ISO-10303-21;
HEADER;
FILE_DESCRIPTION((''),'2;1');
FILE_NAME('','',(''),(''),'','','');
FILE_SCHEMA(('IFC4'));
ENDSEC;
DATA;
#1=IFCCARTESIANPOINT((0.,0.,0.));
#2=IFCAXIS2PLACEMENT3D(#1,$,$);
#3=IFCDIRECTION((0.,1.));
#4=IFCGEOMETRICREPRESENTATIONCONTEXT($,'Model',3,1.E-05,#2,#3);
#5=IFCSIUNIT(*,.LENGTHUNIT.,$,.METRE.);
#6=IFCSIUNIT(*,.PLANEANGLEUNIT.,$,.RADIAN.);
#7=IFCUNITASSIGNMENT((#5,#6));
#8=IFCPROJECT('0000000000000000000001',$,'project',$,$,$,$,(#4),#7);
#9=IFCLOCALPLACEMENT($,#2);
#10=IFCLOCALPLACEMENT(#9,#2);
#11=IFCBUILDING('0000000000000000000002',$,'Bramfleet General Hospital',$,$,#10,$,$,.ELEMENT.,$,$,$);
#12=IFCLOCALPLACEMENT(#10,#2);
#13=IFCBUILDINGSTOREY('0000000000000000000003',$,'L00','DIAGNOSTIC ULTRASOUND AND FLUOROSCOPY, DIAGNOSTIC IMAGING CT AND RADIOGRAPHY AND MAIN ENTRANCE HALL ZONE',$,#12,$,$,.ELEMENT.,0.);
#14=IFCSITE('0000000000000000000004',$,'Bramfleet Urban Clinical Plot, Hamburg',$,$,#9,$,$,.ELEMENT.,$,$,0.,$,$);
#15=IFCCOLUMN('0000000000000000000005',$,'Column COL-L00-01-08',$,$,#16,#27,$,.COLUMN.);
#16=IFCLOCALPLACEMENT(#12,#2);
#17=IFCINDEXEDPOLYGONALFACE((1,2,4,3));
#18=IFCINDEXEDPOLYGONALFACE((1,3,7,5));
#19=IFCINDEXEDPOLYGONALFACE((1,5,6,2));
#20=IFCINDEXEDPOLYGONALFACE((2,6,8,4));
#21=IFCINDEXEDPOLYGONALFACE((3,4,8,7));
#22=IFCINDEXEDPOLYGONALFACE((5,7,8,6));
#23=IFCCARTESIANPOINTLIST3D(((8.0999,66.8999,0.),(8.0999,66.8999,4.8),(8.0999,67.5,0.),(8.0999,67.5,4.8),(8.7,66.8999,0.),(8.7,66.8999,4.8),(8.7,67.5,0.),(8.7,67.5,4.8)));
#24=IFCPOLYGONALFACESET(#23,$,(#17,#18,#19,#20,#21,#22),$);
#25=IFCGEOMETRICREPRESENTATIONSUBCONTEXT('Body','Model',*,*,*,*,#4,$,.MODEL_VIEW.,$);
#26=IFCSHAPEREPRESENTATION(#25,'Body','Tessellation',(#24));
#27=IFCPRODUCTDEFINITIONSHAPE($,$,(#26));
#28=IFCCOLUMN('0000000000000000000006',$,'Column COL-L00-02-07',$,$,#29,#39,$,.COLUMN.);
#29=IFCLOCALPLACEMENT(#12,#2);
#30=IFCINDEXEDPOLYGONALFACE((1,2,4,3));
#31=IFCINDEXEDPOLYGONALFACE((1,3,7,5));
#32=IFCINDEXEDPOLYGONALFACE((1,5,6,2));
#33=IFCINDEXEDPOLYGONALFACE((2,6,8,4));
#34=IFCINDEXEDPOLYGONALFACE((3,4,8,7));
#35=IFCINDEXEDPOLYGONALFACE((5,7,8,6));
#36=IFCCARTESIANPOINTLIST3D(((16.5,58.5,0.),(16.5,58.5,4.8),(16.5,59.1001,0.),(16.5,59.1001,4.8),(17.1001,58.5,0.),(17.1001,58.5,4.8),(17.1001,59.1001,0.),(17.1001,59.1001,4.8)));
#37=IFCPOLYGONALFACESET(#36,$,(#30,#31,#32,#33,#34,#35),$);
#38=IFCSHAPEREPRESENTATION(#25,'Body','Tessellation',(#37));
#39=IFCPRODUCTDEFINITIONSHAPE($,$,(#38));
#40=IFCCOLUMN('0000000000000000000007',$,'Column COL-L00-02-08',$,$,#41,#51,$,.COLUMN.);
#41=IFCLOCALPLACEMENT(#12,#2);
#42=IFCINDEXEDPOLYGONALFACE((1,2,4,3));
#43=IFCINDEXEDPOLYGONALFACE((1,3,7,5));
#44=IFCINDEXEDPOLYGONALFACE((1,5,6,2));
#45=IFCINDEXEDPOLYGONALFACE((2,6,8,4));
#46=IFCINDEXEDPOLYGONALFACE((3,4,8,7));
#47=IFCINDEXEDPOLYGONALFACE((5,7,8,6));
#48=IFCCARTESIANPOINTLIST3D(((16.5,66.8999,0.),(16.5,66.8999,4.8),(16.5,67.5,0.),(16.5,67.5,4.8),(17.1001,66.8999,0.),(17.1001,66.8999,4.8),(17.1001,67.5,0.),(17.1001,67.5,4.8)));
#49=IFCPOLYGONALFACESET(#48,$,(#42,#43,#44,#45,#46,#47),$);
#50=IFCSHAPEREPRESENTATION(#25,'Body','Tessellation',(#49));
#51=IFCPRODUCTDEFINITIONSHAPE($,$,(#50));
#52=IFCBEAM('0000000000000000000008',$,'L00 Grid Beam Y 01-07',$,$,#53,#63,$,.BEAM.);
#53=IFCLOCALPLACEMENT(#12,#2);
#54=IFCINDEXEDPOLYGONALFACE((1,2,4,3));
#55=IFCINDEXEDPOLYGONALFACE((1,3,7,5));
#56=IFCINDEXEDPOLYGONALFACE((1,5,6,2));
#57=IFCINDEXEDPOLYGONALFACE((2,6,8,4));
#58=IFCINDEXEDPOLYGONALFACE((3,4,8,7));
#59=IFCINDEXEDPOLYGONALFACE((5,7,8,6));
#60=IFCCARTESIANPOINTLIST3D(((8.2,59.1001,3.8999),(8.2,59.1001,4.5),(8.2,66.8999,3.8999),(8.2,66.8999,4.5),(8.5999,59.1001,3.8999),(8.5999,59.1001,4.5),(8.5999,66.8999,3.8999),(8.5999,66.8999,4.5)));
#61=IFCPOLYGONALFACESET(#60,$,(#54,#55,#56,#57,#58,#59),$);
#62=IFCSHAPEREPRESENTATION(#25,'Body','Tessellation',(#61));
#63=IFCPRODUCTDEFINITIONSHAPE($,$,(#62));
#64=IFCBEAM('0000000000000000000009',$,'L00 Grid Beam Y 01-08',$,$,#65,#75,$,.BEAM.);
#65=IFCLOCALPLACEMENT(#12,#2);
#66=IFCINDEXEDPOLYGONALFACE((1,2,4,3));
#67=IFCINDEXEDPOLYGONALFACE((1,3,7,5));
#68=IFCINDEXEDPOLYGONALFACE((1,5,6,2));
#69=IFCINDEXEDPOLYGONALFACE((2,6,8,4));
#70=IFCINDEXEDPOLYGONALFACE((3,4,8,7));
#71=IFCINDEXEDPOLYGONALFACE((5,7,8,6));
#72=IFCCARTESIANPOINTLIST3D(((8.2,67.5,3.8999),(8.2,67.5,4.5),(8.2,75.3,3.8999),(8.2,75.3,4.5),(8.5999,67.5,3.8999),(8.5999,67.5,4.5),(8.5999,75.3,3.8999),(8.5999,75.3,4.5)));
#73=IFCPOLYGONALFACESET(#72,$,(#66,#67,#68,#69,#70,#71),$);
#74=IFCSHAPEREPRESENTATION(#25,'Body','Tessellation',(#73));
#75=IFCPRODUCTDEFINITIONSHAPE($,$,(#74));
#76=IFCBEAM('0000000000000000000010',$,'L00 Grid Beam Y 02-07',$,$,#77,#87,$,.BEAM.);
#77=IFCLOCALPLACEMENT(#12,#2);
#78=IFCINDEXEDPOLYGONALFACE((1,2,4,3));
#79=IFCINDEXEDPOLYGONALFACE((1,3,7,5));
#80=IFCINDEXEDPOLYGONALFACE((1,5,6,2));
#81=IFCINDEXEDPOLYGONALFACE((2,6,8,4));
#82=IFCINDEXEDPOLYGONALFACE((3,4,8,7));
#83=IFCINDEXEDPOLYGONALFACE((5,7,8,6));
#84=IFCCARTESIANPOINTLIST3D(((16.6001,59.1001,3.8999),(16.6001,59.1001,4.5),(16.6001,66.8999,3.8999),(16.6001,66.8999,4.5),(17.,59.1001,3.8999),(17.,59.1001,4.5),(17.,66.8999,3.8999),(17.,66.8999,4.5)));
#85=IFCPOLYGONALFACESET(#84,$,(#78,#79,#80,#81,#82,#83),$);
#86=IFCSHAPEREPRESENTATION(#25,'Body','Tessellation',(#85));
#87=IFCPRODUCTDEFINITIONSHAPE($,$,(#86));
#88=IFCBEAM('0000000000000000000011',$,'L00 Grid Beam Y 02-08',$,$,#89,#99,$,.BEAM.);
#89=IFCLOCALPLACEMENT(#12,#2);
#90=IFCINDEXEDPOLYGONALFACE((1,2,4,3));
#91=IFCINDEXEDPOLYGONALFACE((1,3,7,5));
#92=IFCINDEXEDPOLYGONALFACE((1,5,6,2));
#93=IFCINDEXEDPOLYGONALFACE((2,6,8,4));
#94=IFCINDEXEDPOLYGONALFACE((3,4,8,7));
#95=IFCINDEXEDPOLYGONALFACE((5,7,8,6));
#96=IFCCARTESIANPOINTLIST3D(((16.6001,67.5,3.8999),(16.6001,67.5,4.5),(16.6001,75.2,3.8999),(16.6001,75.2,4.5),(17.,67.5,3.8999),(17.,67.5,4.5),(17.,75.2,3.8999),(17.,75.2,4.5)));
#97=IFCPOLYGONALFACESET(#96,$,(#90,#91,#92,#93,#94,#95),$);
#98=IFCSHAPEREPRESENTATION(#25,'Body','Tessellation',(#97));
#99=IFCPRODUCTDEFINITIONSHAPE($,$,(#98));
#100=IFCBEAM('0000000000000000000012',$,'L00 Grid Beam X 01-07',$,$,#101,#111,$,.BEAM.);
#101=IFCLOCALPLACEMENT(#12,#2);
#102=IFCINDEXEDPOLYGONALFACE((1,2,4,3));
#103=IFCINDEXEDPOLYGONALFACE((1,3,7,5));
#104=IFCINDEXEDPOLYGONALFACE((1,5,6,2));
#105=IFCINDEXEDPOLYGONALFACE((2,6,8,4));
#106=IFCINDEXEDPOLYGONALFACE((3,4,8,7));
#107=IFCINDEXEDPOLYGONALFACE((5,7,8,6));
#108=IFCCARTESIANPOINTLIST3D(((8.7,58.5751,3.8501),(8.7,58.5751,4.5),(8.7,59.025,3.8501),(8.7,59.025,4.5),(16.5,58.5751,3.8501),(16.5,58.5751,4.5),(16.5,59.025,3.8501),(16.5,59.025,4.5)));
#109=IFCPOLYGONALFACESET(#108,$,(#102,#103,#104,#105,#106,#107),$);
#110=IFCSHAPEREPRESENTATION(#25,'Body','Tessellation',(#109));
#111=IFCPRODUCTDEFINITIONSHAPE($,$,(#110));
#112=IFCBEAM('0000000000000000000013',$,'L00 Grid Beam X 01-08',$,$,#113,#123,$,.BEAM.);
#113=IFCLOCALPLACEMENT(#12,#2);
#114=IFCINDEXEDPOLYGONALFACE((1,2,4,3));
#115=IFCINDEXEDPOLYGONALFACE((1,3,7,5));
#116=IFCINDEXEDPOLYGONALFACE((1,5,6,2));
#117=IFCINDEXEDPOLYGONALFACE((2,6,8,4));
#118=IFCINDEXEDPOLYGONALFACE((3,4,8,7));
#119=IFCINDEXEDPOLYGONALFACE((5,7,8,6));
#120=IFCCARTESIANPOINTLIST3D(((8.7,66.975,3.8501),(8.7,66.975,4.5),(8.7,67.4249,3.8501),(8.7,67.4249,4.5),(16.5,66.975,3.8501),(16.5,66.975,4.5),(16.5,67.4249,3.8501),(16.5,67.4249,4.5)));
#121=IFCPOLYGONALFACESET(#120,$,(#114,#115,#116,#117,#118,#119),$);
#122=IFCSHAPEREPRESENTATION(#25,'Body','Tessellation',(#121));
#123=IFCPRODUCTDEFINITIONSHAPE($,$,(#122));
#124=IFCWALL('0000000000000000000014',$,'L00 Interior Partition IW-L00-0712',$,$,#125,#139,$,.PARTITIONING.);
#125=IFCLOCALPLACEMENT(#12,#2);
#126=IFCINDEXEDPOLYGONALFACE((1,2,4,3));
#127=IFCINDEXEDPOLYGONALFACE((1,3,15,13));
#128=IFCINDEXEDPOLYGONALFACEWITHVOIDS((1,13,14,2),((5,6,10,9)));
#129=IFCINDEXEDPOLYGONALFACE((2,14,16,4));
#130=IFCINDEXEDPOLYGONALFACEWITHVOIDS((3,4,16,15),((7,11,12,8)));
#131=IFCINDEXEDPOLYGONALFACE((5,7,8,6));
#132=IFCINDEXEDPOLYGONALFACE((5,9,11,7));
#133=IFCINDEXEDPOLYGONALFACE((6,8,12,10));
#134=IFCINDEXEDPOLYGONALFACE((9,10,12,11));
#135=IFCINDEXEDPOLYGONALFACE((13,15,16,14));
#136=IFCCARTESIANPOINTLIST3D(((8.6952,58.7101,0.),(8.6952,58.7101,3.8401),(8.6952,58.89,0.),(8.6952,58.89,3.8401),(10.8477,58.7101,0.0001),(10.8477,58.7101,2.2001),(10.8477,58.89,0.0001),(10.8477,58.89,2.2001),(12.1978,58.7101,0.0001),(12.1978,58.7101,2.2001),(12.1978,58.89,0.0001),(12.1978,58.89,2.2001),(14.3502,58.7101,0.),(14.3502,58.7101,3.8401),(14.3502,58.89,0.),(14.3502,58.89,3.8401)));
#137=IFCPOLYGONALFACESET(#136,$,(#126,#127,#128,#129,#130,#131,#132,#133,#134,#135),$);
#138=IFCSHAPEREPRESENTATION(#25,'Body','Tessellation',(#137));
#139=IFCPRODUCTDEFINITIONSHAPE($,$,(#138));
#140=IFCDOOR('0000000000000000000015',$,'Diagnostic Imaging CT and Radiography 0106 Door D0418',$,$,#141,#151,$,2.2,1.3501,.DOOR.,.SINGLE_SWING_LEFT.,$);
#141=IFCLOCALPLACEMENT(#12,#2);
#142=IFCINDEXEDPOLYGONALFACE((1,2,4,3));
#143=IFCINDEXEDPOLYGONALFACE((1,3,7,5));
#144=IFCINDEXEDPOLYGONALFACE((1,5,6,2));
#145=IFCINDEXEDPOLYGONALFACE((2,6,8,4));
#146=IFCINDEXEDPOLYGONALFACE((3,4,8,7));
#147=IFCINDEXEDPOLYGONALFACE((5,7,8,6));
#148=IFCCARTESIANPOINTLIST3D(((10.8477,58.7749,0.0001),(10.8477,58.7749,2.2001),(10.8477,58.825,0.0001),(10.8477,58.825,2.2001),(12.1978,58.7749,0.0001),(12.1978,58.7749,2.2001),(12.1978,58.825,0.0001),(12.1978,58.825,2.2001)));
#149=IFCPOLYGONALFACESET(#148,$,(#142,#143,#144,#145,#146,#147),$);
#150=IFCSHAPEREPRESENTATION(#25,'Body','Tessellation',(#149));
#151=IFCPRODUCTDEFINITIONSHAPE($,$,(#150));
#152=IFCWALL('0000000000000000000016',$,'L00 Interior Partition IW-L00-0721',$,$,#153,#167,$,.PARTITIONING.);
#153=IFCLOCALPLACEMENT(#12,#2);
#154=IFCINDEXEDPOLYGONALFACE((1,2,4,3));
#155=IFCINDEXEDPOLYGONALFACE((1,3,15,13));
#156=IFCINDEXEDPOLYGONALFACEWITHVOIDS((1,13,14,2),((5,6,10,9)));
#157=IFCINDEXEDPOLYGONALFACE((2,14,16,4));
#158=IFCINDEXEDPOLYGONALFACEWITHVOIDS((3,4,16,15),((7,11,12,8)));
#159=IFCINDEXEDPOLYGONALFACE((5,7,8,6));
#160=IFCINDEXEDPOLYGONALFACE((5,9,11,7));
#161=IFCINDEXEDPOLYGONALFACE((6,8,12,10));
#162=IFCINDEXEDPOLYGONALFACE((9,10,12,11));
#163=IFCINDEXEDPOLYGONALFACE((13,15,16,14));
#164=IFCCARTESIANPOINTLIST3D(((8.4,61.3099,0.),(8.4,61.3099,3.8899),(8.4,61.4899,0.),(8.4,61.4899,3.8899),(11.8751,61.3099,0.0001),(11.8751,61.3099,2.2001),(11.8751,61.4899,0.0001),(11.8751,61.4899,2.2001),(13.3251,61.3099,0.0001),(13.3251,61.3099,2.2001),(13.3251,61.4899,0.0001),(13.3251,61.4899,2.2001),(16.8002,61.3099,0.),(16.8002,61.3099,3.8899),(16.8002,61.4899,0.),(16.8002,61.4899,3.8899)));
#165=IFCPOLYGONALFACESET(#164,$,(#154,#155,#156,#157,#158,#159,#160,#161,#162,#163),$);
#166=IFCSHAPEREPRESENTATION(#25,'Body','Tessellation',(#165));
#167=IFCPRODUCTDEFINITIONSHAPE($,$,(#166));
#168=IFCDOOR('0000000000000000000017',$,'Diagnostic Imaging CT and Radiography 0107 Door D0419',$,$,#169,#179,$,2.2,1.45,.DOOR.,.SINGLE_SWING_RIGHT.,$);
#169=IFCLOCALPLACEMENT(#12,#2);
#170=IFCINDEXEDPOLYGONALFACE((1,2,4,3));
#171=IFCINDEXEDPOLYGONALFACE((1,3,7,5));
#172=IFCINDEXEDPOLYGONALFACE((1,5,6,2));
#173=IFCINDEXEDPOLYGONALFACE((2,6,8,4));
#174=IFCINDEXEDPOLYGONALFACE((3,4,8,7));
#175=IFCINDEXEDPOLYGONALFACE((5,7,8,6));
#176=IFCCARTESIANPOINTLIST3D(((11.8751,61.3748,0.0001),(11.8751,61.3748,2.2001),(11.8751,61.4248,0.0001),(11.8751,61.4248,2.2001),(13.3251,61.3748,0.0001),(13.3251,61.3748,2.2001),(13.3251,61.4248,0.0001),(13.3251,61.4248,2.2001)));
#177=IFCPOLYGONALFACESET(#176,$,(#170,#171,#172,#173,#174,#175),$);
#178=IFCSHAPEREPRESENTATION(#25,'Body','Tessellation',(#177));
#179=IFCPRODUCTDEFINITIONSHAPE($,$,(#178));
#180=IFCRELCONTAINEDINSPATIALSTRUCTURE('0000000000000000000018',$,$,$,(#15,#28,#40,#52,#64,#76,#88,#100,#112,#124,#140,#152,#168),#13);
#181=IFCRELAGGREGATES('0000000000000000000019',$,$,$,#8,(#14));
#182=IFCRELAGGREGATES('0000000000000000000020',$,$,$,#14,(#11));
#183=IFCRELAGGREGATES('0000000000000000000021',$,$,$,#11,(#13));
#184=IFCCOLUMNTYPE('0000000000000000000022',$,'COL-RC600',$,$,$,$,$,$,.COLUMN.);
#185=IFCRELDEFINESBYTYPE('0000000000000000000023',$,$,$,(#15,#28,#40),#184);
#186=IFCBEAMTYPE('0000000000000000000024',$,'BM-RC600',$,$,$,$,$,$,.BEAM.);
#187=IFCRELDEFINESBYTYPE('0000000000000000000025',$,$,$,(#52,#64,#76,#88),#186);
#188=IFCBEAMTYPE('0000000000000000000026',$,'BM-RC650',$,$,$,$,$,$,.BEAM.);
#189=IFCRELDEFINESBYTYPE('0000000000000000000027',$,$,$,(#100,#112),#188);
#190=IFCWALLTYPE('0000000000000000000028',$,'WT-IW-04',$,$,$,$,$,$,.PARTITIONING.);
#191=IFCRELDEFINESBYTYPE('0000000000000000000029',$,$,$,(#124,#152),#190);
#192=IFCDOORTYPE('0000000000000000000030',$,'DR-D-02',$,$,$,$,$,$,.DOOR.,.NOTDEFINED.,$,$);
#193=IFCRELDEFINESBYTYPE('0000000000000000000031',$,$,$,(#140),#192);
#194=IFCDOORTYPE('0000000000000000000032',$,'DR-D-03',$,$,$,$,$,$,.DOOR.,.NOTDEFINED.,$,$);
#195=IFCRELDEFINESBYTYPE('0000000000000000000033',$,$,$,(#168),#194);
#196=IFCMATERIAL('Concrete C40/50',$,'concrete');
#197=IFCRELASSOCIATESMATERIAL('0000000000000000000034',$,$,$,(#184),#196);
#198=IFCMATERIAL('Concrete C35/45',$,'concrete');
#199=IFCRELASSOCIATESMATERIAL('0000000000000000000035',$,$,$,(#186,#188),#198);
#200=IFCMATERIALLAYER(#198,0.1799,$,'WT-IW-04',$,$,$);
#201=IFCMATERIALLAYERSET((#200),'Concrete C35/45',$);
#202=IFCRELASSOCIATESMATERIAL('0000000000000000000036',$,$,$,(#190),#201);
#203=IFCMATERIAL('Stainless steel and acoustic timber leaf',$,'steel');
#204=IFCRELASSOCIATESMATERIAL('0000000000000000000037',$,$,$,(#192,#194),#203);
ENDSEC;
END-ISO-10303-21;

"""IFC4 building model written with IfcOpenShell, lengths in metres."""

from ifc_helpers import new_model, si_unit, direction, frame, frame_2d, origin, origin_2d, place, context, subcontext, project, spatial, rectangle, extrude, material, layer, layer_set, material_profile, profile_set, type_object, element, fill, save


model = new_model("IFC4")

# Units and contexts
model_context = context("Model", 3, precision=1e-05, world=origin(), true_north=direction((0.0, 1.0)))
body_context = subcontext(model_context, "Body", "Model", "MODEL_VIEW")
ifc_project = project(units=[si_unit("LENGTHUNIT", "METRE"), si_unit("PLANEANGLEUNIT", "RADIAN")], contexts=[model_context])

# Site, building, storey
site_placement = place(None, origin())
site = spatial("IfcSite", under=ifc_project, at=site_placement, Name="Bramfleet Urban Clinical Plot, Hamburg", CompositionType="ELEMENT", RefElevation=0.0)
building_placement = place(site_placement, origin())
building = spatial("IfcBuilding", under=site, at=building_placement, Name="Bramfleet General Hospital", CompositionType="ELEMENT")
storey_placement = place(building_placement, origin())
storey = spatial("IfcBuildingStorey", under=building, at=storey_placement, Name="L00", Description="DIAGNOSTIC ULTRASOUND AND FLUOROSCOPY, DIAGNOSTIC IMAGING CT AND RADIOGRAPHY AND MAIN ENTRANCE HALL ZONE", CompositionType="ELEMENT", Elevation=0.0)

# Columns
ifc_material_1 = material(Name="Concrete C40/50", Category="concrete")
ifc_material_profile_1 = material_profile(ifc_material_1, rectangle(XDim=0.6001, YDim=0.6001, at=origin_2d()), Name="RC COL 600x600")
ifc_profile_set_1 = profile_set([ifc_material_profile_1], Name="Concrete C40/50")
column_type = type_object("IfcColumnType", Name="COL-RC600", PredefinedType="COLUMN", material=ifc_profile_set_1)
for number, where, z_axis, x_axis, name in (
    (1, (8.3999, 67.2, 0.0), (0.0, 0.0, 1.0), (1.0, 0.0, 0.0), "Column COL-L00-01-08"),
    (2, (16.8, 58.8, 0.0), (0.0, 0.0, 1.0), (1.0, 0.0, 0.0), "Column COL-L00-02-07"),
    (3, (16.8, 67.2, 0.0), (0.0, 0.0, 1.0), (1.0, 0.0, 0.0), "Column COL-L00-02-08"),
):
    element("IfcColumn", number, at=place(storey_placement, frame(where, z_axis=z_axis, x_axis=x_axis)), inside=storey, type_object=column_type, Name=name, PredefinedType="COLUMN", context=body_context, shape_type="SweptSolid", body=[
        extrude(rectangle(XDim=0.6001, YDim=0.6001, at=origin_2d()), origin(), (0.0, 0.0, 1.0), 4.8),
    ])

# Beams
ifc_material_2 = material(Name="Concrete C35/45", Category="concrete")
ifc_material_profile_2 = material_profile(ifc_material_2, rectangle(XDim=0.3999, YDim=0.6001, at=origin_2d()), Name="RC BM 600x400")
ifc_profile_set_2 = profile_set([ifc_material_profile_2], Name="Concrete C35/45")
beam_type_1 = type_object("IfcBeamType", Name="BM-RC600", PredefinedType="BEAM", material=ifc_profile_set_2)
beam_1_placement = place(storey_placement, frame((8.3999, 59.1001, 4.2), z_axis=(0.0, 1.0, 0.0), x_axis=(-1.0, 0.0, 0.0)))
element("IfcBeam", 4, at=beam_1_placement, inside=storey, type_object=beam_type_1, Name="L00 Grid Beam Y 01-07", PredefinedType="BEAM", context=body_context, shape_type="SweptSolid", body=[
    extrude(rectangle(XDim=0.3999, YDim=0.6001, at=origin_2d()), origin(), (0.0, 0.0, 1.0), 7.7998),
])
beam_2_placement = place(storey_placement, frame((8.3999, 67.5, 4.2), z_axis=(0.0, 1.0, 0.0), x_axis=(-1.0, 0.0, 0.0)))
element("IfcBeam", 5, at=beam_2_placement, inside=storey, type_object=beam_type_1, Name="L00 Grid Beam Y 01-08", PredefinedType="BEAM", context=body_context, shape_type="SweptSolid", body=[
    extrude(rectangle(XDim=0.3999, YDim=0.6001, at=origin_2d()), origin(), (0.0, 0.0, 1.0), 7.8),
])
beam_3_placement = place(storey_placement, frame((16.8, 59.1001, 4.2), z_axis=(0.0, 1.0, 0.0), x_axis=(-1.0, 0.0, 0.0)))
element("IfcBeam", 6, at=beam_3_placement, inside=storey, type_object=beam_type_1, Name="L00 Grid Beam Y 02-07", PredefinedType="BEAM", context=body_context, shape_type="SweptSolid", body=[
    extrude(rectangle(XDim=0.3999, YDim=0.6001, at=origin_2d()), origin(), (0.0, 0.0, 1.0), 7.7998),
])
beam_4_placement = place(storey_placement, frame((16.8, 67.5, 4.2), z_axis=(0.0, 1.0, 0.0), x_axis=(-1.0, 0.0, 0.0)))
element("IfcBeam", 7, at=beam_4_placement, inside=storey, type_object=beam_type_1, Name="L00 Grid Beam Y 02-08", PredefinedType="BEAM", context=body_context, shape_type="SweptSolid", body=[
    extrude(rectangle(XDim=0.3999, YDim=0.6001, at=origin_2d()), origin(), (0.0, 0.0, 1.0), 7.7),
])
ifc_material_profile_3 = material_profile(ifc_material_2, rectangle(XDim=0.45, YDim=0.6499, at=origin_2d()), Name="RC BM 650x450")
ifc_profile_set_3 = profile_set([ifc_material_profile_3], Name="Concrete C35/45")
beam_type_2 = type_object("IfcBeamType", Name="BM-RC650", PredefinedType="BEAM", material=ifc_profile_set_3)
for number, where, z_axis, x_axis, name in (
    (8, (8.7, 58.8, 4.175), (1.0, 0.0, 0.0), (0.0, 1.0, 0.0), "L00 Grid Beam X 01-07"),
    (9, (8.7, 67.2, 4.175), (1.0, 0.0, 0.0), (0.0, 1.0, 0.0), "L00 Grid Beam X 01-08"),
):
    element("IfcBeam", number, at=place(storey_placement, frame(where, z_axis=z_axis, x_axis=x_axis)), inside=storey, type_object=beam_type_2, Name=name, PredefinedType="BEAM", context=body_context, shape_type="SweptSolid", body=[
        extrude(rectangle(XDim=0.45, YDim=0.6499, at=origin_2d()), origin(), (0.0, 0.0, 1.0), 7.8),
    ])

# Walls, openings, doors
ifc_layer = layer(ifc_material_2, 0.1799, Name="WT-IW-04")
ifc_layer_set = layer_set([ifc_layer], Name="Concrete C35/45")
wall_type = type_object("IfcWallType", Name="WT-IW-04", PredefinedType="PARTITIONING", material=ifc_layer_set)
wall_1_placement = place(storey_placement, frame((8.6951, 58.8, 0.0), z_axis=(0.0, 0.0, 1.0), x_axis=(1.0, 0.0, 0.0)))
wall_1 = element("IfcWall", 10, at=wall_1_placement, inside=storey, type_object=wall_type, Name="L00 Interior Partition IW-L00-0712", PredefinedType="PARTITIONING", context=body_context, shape_type="SweptSolid", body=[
    extrude(rectangle(XDim=5.655, YDim=0.1799, at=frame_2d((2.8276, 0.0))), origin(), (0.0, 0.0, 1.0), 3.8401),
])
opening_1_placement = place(wall_1_placement, frame((2.1526, 0.0, 0.0)))
opening_1 = element("IfcOpeningElement", 11, at=opening_1_placement, cuts=wall_1, PredefinedType="OPENING", context=body_context, shape_type="SweptSolid", body=[
    extrude(rectangle(XDim=1.3501, YDim=2.2, at=frame_2d((0.675, 1.1001))), frame((0.0, 0.0999, 0.0), z_axis=(0.0, -1.0, 0.0), x_axis=(1.0, 0.0, 0.0)), (0.0, 0.0, 1.0), 0.2),
])
ifc_material_3 = material(Name="Stainless steel and acoustic timber leaf", Category="steel")
door_type_1 = type_object("IfcDoorType", Name="DR-D-02", OperationType="NOTDEFINED", PredefinedType="DOOR", material=ifc_material_3)
door_1_placement = place(opening_1_placement, origin())
door_1 = element("IfcDoor", 12, at=door_1_placement, inside=storey, type_object=door_type_1, Name="Diagnostic Imaging CT and Radiography 0106 Door D0418", OperationType="SINGLE_SWING_LEFT", OverallHeight=2.2, OverallWidth=1.3501, PredefinedType="DOOR", context=body_context, shape_type="SweptSolid", body=[
    extrude(rectangle(XDim=1.3501, YDim=2.2, at=frame_2d((0.675, 1.1001))), frame((0.0, 0.0249, 0.0), z_axis=(0.0, -1.0, 0.0), x_axis=(1.0, 0.0, 0.0)), (0.0, 0.0, 1.0), 0.05),
])
fill(opening_1, door_1)
wall_2_placement = place(storey_placement, frame((8.3999, 61.3999, 0.0), z_axis=(0.0, 0.0, 1.0), x_axis=(1.0, 0.0, 0.0)))
wall_2 = element("IfcWall", 13, at=wall_2_placement, inside=storey, type_object=wall_type, Name="L00 Interior Partition IW-L00-0721", PredefinedType="PARTITIONING", context=body_context, shape_type="SweptSolid", body=[
    extrude(rectangle(XDim=8.4001, YDim=0.1799, at=frame_2d((4.2002, 0.0))), origin(), (0.0, 0.0, 1.0), 3.8899),
])
opening_2_placement = place(wall_2_placement, frame((3.4751, 0.0, 0.0)))
opening_2 = element("IfcOpeningElement", 14, at=opening_2_placement, cuts=wall_2, PredefinedType="OPENING", context=body_context, shape_type="SweptSolid", body=[
    extrude(rectangle(XDim=1.45, YDim=2.2, at=frame_2d((0.7251, 1.1001))), frame((0.0, 0.0999, 0.0), z_axis=(0.0, -1.0, 0.0), x_axis=(1.0, 0.0, 0.0)), (0.0, 0.0, 1.0), 0.2),
])
door_type_2 = type_object("IfcDoorType", Name="DR-D-03", OperationType="NOTDEFINED", PredefinedType="DOOR", material=ifc_material_3)
door_2_placement = place(opening_2_placement, origin())
door_2 = element("IfcDoor", 15, at=door_2_placement, inside=storey, type_object=door_type_2, Name="Diagnostic Imaging CT and Radiography 0107 Door D0419", OperationType="SINGLE_SWING_RIGHT", OverallHeight=2.2, OverallWidth=1.45, PredefinedType="DOOR", context=body_context, shape_type="SweptSolid", body=[
    extrude(rectangle(XDim=1.45, YDim=2.2, at=frame_2d((0.7251, 1.1001))), frame((0.0, 0.0249, 0.0), z_axis=(0.0, -1.0, 0.0), x_axis=(1.0, 0.0, 0.0)), (0.0, 0.0, 1.0), 0.05),
])
fill(opening_2, door_2)

save(model, "model.ifc")
